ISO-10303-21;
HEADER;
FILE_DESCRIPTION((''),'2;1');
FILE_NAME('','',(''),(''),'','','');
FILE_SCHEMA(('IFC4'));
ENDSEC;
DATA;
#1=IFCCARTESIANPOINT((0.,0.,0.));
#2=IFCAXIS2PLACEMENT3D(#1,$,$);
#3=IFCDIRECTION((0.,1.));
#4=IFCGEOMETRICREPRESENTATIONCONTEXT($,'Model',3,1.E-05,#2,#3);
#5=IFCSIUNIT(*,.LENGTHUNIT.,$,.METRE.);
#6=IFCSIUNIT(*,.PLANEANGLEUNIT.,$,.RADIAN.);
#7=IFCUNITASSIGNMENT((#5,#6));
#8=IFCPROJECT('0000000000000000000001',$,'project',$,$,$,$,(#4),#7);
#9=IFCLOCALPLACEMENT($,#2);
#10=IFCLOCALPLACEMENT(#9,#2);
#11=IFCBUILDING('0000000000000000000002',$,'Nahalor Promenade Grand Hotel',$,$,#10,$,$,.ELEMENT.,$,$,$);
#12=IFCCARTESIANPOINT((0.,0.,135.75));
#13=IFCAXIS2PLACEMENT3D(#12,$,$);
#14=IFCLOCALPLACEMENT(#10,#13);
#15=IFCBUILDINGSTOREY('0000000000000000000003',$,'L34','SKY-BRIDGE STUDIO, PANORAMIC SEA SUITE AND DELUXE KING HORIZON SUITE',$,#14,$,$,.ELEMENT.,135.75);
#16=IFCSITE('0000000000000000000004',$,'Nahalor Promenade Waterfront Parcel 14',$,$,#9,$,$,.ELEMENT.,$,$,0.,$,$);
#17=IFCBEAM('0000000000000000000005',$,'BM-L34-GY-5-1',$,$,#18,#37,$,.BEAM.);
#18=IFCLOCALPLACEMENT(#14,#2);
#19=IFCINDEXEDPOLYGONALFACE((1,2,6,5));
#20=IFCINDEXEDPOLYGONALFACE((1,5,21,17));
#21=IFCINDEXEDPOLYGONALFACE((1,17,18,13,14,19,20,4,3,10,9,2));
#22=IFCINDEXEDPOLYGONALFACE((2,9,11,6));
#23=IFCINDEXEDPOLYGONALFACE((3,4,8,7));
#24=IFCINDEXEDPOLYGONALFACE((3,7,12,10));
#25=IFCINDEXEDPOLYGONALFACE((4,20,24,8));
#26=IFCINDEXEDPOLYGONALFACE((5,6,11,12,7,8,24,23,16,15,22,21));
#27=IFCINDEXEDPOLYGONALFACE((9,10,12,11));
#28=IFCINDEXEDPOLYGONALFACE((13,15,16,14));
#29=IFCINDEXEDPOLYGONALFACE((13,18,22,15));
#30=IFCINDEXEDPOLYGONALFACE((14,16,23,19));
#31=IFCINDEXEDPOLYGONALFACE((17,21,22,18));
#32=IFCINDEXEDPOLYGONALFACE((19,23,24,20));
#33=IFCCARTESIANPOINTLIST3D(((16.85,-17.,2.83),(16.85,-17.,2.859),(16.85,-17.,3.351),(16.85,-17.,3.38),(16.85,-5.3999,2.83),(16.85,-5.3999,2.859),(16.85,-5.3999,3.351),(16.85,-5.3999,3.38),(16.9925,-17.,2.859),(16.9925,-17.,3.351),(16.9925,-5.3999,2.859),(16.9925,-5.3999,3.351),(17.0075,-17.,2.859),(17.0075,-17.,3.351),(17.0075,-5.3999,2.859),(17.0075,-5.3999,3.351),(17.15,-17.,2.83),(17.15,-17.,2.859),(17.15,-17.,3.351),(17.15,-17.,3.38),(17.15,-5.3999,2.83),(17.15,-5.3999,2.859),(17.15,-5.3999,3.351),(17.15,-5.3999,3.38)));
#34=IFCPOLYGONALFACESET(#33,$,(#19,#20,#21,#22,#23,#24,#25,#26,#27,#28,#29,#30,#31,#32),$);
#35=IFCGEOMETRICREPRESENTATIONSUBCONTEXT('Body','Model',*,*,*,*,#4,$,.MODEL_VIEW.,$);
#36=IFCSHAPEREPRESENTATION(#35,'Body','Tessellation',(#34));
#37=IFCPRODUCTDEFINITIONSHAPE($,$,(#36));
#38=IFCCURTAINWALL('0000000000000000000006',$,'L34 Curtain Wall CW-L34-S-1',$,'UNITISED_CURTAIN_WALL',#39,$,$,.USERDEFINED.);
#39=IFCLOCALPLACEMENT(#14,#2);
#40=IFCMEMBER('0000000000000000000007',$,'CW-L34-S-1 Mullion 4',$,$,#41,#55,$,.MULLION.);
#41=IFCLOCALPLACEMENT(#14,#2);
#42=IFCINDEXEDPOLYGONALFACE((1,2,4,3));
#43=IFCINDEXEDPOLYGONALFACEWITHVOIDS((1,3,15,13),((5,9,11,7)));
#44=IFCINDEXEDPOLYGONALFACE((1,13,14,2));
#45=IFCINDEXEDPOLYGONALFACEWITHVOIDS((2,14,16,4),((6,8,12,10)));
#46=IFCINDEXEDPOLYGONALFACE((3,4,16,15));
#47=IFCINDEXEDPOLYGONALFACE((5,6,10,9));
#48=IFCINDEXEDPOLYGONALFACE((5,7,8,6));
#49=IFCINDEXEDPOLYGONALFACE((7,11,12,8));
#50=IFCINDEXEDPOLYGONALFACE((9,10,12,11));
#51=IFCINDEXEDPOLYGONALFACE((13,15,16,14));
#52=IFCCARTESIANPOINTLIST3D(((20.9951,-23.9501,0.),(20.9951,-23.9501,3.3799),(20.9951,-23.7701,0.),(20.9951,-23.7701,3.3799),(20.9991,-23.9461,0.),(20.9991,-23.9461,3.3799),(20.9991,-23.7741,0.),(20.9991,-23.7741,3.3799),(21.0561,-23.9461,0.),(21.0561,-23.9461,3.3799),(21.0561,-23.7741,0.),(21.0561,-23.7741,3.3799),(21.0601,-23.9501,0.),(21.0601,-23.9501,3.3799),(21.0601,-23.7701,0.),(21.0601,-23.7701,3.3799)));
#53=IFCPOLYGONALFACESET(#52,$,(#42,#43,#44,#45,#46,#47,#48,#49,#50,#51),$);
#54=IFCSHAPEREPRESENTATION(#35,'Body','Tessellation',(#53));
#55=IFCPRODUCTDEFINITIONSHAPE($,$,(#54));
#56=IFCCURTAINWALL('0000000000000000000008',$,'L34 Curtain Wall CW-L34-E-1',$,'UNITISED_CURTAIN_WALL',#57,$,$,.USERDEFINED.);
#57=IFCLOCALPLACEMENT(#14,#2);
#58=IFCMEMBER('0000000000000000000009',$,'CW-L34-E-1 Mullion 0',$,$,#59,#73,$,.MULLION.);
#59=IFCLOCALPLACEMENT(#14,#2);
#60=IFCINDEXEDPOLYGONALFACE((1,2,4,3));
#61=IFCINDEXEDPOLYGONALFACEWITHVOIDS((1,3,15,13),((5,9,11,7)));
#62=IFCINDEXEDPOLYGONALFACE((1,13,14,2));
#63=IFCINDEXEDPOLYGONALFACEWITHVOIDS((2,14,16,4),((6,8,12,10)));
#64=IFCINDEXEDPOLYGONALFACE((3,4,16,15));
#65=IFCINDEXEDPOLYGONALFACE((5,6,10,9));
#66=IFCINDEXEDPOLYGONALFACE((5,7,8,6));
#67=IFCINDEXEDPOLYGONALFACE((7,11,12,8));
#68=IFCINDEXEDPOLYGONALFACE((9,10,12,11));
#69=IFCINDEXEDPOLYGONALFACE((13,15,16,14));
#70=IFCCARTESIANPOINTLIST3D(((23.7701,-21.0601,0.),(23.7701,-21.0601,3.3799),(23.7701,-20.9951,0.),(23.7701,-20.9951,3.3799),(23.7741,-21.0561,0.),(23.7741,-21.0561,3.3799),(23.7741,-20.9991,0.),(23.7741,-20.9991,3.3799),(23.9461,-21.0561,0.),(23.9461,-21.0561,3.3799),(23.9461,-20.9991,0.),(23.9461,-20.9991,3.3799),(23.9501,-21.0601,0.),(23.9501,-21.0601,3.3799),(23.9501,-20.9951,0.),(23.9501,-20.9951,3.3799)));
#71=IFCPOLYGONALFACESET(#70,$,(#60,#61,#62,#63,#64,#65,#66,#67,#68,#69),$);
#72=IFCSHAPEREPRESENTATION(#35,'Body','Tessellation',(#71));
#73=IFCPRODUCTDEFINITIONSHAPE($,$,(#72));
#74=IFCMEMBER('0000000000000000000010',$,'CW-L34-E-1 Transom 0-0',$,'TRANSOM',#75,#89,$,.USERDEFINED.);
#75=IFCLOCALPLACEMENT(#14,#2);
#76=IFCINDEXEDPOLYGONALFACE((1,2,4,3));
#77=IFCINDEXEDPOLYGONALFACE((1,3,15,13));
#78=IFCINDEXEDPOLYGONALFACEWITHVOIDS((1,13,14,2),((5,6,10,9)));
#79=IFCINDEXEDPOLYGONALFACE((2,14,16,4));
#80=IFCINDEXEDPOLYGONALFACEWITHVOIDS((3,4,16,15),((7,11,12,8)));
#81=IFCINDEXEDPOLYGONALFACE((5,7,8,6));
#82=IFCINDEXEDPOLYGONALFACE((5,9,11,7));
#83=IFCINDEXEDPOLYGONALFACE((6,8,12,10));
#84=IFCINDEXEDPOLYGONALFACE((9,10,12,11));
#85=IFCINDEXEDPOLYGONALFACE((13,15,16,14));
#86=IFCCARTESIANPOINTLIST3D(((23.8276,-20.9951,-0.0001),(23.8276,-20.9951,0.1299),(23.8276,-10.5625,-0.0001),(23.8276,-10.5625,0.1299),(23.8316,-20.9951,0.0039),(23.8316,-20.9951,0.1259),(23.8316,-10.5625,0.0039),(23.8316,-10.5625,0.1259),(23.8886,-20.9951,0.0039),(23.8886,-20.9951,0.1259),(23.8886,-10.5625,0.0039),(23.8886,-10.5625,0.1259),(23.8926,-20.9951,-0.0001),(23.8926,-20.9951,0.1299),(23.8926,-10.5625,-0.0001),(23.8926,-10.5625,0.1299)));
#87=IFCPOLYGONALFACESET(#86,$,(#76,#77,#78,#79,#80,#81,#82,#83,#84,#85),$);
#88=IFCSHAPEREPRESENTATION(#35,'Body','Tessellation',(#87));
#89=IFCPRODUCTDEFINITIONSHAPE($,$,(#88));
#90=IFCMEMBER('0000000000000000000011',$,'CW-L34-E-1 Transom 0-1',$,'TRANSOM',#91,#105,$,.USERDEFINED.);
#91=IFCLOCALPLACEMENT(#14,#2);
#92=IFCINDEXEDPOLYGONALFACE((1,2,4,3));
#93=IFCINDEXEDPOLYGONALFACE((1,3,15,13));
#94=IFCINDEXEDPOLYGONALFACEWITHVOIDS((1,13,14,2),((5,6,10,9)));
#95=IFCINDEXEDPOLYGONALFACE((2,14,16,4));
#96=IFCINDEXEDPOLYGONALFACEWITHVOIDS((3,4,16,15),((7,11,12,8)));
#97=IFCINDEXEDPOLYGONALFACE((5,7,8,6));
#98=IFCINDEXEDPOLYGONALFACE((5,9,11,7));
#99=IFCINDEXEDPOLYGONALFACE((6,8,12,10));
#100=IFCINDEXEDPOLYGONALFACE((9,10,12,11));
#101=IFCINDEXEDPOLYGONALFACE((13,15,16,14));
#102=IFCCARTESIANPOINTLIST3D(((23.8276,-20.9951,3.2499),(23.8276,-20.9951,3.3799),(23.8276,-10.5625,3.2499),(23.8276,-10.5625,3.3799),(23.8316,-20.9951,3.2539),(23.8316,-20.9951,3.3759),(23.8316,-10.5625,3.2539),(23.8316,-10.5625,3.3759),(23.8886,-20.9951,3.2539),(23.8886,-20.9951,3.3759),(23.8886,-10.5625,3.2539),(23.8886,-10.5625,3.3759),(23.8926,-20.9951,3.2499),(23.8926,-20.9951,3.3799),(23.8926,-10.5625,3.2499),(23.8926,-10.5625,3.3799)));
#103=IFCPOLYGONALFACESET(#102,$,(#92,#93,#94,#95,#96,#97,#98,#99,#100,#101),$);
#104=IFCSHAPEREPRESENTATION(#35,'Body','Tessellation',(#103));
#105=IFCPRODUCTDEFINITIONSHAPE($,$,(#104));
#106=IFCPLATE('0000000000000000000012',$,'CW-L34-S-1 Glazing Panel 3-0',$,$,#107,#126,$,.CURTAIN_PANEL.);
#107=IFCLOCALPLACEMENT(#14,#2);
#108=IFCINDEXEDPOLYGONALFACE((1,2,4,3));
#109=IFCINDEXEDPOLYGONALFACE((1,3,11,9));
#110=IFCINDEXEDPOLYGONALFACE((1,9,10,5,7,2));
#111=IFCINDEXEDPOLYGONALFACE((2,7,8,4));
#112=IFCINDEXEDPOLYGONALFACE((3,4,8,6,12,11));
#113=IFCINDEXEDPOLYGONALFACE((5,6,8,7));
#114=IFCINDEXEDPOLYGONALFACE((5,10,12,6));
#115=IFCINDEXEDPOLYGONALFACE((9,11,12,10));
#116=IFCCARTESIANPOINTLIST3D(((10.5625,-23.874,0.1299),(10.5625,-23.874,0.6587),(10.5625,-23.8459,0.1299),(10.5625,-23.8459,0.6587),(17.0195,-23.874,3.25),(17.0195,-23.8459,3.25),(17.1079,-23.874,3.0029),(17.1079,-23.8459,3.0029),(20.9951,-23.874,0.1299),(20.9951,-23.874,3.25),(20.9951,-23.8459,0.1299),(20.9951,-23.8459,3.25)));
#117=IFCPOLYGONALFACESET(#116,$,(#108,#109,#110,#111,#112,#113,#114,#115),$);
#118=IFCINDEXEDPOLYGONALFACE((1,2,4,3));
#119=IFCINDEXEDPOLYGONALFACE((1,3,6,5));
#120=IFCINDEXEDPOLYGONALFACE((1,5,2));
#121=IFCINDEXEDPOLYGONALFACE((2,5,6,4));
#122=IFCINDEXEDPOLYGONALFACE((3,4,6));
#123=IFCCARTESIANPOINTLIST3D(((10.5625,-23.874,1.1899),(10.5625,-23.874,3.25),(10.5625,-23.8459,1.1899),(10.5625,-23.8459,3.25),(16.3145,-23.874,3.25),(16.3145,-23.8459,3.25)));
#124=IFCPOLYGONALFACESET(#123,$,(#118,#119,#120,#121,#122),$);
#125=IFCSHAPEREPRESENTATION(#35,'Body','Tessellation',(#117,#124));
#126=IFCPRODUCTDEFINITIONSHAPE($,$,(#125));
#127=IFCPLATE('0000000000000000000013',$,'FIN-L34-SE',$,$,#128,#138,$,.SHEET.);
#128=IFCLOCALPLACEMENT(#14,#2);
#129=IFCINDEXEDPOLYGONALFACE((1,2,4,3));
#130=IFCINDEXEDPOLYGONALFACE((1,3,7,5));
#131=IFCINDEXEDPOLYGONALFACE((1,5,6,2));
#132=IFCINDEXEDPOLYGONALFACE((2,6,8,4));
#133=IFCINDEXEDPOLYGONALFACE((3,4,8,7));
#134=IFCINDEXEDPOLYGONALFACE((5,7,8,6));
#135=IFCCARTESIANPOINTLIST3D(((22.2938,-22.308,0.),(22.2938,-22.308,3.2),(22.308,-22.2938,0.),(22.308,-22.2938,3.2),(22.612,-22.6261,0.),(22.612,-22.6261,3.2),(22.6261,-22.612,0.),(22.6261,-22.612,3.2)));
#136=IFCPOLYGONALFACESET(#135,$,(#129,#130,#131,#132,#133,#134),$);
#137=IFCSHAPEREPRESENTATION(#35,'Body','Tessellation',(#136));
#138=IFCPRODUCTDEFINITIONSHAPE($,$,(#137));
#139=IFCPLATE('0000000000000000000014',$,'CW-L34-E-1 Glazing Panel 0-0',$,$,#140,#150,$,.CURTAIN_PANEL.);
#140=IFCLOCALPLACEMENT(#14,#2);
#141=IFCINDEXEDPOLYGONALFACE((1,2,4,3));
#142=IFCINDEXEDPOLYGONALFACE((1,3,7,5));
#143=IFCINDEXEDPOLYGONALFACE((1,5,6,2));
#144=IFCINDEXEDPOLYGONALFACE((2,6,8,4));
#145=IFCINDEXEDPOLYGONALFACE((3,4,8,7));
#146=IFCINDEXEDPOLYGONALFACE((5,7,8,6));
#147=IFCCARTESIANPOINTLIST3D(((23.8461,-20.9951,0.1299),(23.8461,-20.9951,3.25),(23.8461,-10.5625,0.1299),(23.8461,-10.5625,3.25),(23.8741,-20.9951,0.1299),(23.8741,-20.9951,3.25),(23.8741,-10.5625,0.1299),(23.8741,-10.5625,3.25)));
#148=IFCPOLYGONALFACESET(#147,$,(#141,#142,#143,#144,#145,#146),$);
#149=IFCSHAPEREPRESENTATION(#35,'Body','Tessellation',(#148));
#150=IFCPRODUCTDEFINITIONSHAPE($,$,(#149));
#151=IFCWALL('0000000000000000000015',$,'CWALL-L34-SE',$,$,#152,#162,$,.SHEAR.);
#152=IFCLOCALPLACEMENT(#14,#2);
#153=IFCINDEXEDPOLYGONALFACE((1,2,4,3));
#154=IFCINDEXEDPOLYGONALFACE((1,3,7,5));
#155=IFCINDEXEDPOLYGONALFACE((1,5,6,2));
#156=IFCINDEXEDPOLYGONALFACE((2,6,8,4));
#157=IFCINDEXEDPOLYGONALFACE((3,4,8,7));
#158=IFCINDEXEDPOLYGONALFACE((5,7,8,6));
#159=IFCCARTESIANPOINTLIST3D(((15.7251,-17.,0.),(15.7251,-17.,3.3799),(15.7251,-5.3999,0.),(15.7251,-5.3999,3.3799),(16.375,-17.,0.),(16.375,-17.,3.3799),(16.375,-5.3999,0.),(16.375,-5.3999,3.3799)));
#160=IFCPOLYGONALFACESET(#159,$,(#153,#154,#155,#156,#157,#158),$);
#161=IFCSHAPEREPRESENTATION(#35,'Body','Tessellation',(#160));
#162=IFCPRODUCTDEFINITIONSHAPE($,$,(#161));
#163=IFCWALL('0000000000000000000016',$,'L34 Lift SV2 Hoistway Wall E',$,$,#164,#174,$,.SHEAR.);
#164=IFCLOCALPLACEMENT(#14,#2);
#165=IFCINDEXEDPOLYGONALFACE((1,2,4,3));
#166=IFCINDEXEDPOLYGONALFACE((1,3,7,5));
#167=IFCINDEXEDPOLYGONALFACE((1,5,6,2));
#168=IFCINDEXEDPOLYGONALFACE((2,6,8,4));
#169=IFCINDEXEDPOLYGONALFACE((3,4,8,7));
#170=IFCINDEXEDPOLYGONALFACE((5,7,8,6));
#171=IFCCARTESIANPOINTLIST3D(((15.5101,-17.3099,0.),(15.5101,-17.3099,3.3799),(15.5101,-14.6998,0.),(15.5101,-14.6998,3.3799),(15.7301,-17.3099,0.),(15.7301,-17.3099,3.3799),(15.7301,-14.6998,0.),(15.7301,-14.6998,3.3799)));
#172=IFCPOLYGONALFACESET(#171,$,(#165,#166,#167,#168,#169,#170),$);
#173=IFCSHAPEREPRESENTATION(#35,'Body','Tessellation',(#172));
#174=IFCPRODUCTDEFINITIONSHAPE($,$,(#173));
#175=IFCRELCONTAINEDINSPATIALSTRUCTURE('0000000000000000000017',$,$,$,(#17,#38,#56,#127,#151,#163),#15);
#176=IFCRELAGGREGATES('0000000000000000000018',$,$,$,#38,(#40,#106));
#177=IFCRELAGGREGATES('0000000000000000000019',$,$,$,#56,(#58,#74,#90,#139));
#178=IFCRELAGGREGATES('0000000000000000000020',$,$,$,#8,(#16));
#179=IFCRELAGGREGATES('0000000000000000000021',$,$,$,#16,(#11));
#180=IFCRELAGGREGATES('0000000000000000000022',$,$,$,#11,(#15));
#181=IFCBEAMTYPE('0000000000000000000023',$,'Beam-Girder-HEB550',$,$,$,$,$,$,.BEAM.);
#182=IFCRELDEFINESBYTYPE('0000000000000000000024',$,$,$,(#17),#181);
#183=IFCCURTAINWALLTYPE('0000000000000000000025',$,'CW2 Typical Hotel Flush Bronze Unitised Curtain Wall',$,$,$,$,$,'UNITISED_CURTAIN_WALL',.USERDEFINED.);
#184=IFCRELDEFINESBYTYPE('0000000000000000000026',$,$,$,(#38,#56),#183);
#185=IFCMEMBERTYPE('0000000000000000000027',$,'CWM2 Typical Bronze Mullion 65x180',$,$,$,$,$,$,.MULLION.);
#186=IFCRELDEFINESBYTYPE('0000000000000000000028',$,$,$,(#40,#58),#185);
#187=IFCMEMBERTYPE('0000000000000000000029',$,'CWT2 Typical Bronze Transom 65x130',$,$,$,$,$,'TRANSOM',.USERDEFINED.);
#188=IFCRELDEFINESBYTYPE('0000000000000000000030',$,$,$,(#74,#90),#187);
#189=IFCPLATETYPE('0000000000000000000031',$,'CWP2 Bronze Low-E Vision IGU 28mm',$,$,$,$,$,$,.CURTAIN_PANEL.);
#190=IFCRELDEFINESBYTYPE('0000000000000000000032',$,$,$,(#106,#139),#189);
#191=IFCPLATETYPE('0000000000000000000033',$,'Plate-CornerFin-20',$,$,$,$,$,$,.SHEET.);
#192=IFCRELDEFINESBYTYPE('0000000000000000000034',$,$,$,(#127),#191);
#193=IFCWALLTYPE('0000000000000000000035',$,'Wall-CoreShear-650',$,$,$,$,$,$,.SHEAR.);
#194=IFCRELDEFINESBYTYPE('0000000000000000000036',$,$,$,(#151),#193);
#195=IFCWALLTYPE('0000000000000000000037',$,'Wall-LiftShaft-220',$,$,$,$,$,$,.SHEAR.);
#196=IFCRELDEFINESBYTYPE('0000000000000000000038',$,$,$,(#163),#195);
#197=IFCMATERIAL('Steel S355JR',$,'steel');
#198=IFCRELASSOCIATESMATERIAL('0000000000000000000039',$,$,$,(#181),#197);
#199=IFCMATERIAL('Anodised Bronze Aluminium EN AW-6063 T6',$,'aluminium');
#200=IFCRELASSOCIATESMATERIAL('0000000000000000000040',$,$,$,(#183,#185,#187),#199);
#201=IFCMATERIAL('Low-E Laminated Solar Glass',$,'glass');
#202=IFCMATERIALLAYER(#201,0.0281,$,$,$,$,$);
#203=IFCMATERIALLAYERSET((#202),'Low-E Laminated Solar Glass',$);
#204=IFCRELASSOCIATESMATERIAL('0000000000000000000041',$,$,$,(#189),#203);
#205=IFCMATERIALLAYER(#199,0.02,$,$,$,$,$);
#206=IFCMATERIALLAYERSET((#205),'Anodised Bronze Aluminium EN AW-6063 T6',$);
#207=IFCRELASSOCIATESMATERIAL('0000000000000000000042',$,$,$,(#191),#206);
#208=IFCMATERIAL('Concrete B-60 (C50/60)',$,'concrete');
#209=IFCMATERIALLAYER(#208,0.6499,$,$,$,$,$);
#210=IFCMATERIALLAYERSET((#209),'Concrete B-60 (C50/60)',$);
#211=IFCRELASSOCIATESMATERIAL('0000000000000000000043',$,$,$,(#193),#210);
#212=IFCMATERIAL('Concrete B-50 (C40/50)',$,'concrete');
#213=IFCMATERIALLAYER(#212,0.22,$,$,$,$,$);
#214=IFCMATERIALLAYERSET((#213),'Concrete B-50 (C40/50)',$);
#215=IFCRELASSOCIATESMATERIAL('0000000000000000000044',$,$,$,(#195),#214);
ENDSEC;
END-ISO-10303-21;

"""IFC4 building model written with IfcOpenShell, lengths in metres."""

from ifc_helpers import new_model, si_unit, direction, frame, frame_2d, origin, origin_2d, place, context, subcontext, project, spatial, polyline, rectangle, hollow_rectangle, i_section, outline, extrude, source, transform, mapped, material, layer, layer_set, material_profile, profile_set, type_object, element, aggregate, save


model = new_model("IFC4")

# Units and contexts
model_context = context("Model", 3, precision=1e-05, world=origin(), true_north=direction((0.0, 1.0)))
body_context = subcontext(model_context, "Body", "Model", "MODEL_VIEW")
ifc_project = project(units=[si_unit("LENGTHUNIT", "METRE"), si_unit("PLANEANGLEUNIT", "RADIAN")], contexts=[model_context])

# Site, building, storey
site_placement = place(None, origin())
site = spatial("IfcSite", under=ifc_project, at=site_placement, Name="Nahalor Promenade Waterfront Parcel 14", CompositionType="ELEMENT", RefElevation=0.0)
building_placement = place(site_placement, origin())
building = spatial("IfcBuilding", under=site, at=building_placement, Name="Nahalor Promenade Grand Hotel", CompositionType="ELEMENT")
storey_placement = place(building_placement, frame((0.0, 0.0, 135.75)))
storey = spatial("IfcBuildingStorey", under=building, at=storey_placement, Name="L34", Description="SKY-BRIDGE STUDIO, PANORAMIC SEA SUITE AND DELUXE KING HORIZON SUITE", CompositionType="ELEMENT", Elevation=135.75)

# Shared definitions
ifc_material_1 = material(Name="Concrete B-60 (C50/60)", Category="concrete")

# Beam
ifc_material_2 = material(Name="Steel S355JR", Category="steel")
ifc_material_profile_1 = material_profile(ifc_material_2, i_section(OverallWidth=0.3, OverallDepth=0.55, WebThickness=0.015, FlangeThickness=0.029, at=origin_2d()), Name="HEB 550")
ifc_profile_set_1 = profile_set([ifc_material_profile_1], Name="Steel S355JR")
beam_type_1 = type_object("IfcBeamType", Name="Beam-Girder-HEB550", PredefinedType="BEAM", material=ifc_profile_set_1)
shared_shape_1 = source(origin(), body_context, "Body", "SweptSolid", [
    extrude(i_section(OverallWidth=0.3, OverallDepth=0.55, WebThickness=0.015, FlangeThickness=0.029, at=origin_2d()), origin(), (0.0, 0.0, 1.0), 11.6001),
])
beam_1_placement = place(storey_placement, frame((17.0, -17.0, 3.105), z_axis=(0.0, 1.0, 0.0), x_axis=(-1.0, 0.0, 0.0)))
element("IfcBeam", 1, at=beam_1_placement, inside=storey, type_object=beam_type_1, Name="BM-L34-GY-5-1", PredefinedType="BEAM", context=body_context, shape_type="MappedRepresentation", body=[
    mapped(shared_shape_1, transform((0.0, 0.0, 0.0), scale=1.0)),
])

# Curtain wall, member
ifc_material_3 = material(Name="Anodised Bronze Aluminium EN AW-6063 T6", Category="aluminium")
curtain_wall_type = type_object("IfcCurtainWallType", Name="CW2 Typical Hotel Flush Bronze Unitised Curtain Wall", ElementType="UNITISED_CURTAIN_WALL", PredefinedType="USERDEFINED", material=ifc_material_3)
curtain_wall_1_placement = place(storey_placement, origin())
curtain_wall_1 = element("IfcCurtainWall", 2, at=curtain_wall_1_placement, inside=storey, type_object=curtain_wall_type, Name="L34 Curtain Wall CW-L34-S-1", ObjectType="UNITISED_CURTAIN_WALL", PredefinedType="USERDEFINED")
ifc_material_profile_2 = material_profile(ifc_material_3, hollow_rectangle(XDim=0.065, YDim=0.18, WallThickness=0.004, at=origin_2d()), Name="CWM 65x180x4")
ifc_profile_set_2 = profile_set([ifc_material_profile_2], Name="Anodised Bronze Aluminium EN AW-6063 T6")
member_type_1 = type_object("IfcMemberType", Name="CWM2 Typical Bronze Mullion 65x180", PredefinedType="MULLION", material=ifc_profile_set_2)
shared_shape_2 = source(origin(), body_context, "Body", "SweptSolid", [
    extrude(hollow_rectangle(XDim=0.065, YDim=0.18, WallThickness=0.004, at=origin_2d()), origin(), (0.0, 0.0, 1.0), 3.3799),
])
member_1_placement = place(storey_placement, frame((21.0276, -23.8601, 0.0), z_axis=(0.0, 0.0, 1.0), x_axis=(1.0, 0.0, 0.0)))
member_1 = element("IfcMember", 3, at=member_1_placement, type_object=member_type_1, Name="CW-L34-S-1 Mullion 4", PredefinedType="MULLION", context=body_context, shape_type="MappedRepresentation", body=[
    mapped(shared_shape_2, transform((0.0, 0.0, 0.0), scale=1.0)),
])

# Curtain wall, members
curtain_wall_2_placement = place(storey_placement, origin())
curtain_wall_2 = element("IfcCurtainWall", 4, at=curtain_wall_2_placement, inside=storey, type_object=curtain_wall_type, Name="L34 Curtain Wall CW-L34-E-1", ObjectType="UNITISED_CURTAIN_WALL", PredefinedType="USERDEFINED")
member_2_placement = place(storey_placement, frame((23.8601, -21.0276, 0.0), z_axis=(0.0, 0.0, 1.0), x_axis=(0.0, 1.0, 0.0)))
member_2 = element("IfcMember", 5, at=member_2_placement, type_object=member_type_1, Name="CW-L34-E-1 Mullion 0", PredefinedType="MULLION", context=body_context, shape_type="MappedRepresentation", body=[
    mapped(shared_shape_2, transform((0.0, 0.0, 0.0), scale=1.0)),
])
ifc_material_profile_3 = material_profile(ifc_material_3, hollow_rectangle(XDim=0.065, YDim=0.13, WallThickness=0.004, at=origin_2d()), Name="CWT 65x130x4")
ifc_profile_set_3 = profile_set([ifc_material_profile_3], Name="Anodised Bronze Aluminium EN AW-6063 T6")
member_type_2 = type_object("IfcMemberType", Name="CWT2 Typical Bronze Transom 65x130", ElementType="TRANSOM", PredefinedType="USERDEFINED", material=ifc_profile_set_3)
shared_shape_3 = source(origin(), body_context, "Body", "SweptSolid", [
    extrude(hollow_rectangle(XDim=0.065, YDim=0.13, WallThickness=0.004, at=origin_2d()), origin(), (0.0, 0.0, 1.0), 10.4326),
])
member_3_placement = place(storey_placement, frame((23.8601, -20.9951, 0.0649), z_axis=(0.0, 1.0, 0.0), x_axis=(-1.0, 0.0, 0.0)))
member_3 = element("IfcMember", 6, at=member_3_placement, type_object=member_type_2, Name="CW-L34-E-1 Transom 0-0", ObjectType="TRANSOM", PredefinedType="USERDEFINED", context=body_context, shape_type="MappedRepresentation", body=[
    mapped(shared_shape_3, transform((0.0, 0.0, 0.0), scale=1.0)),
])
member_4_placement = place(storey_placement, frame((23.8601, -20.9951, 3.3149), z_axis=(0.0, 1.0, 0.0), x_axis=(-1.0, 0.0, 0.0)))
member_4 = element("IfcMember", 7, at=member_4_placement, type_object=member_type_2, Name="CW-L34-E-1 Transom 0-1", ObjectType="TRANSOM", PredefinedType="USERDEFINED", context=body_context, shape_type="MappedRepresentation", body=[
    mapped(shared_shape_3, transform((0.0, 0.0, 0.0), scale=1.0)),
])

# Plates
ifc_material_4 = material(Name="Low-E Laminated Solar Glass", Category="glass")
ifc_layer_1 = layer(ifc_material_4, 0.0281)
ifc_layer_set_1 = layer_set([ifc_layer_1], Name="Low-E Laminated Solar Glass")
plate_type_1 = type_object("IfcPlateType", Name="CWP2 Bronze Low-E Vision IGU 28mm", PredefinedType="CURTAIN_PANEL", material=ifc_layer_set_1)
plate_1_placement = place(storey_placement, frame((15.7788, -23.8601, 0.1299), z_axis=(0.0, 0.0, 1.0), x_axis=(1.0, 0.0, 0.0)))
plate_1 = element("IfcPlate", 8, at=plate_1_placement, type_object=plate_type_1, Name="CW-L34-S-1 Glazing Panel 3-0", PredefinedType="CURTAIN_PANEL", context=body_context, shape_type="SweptSolid", body=[
    extrude(outline(polyline([(5.2163, 0.0), (5.2163, 3.1201), (1.2407, 3.1201), (1.3291, 2.873), (-5.2163, 0.5288), (-5.2163, 0.0), (5.2163, 0.0)])), frame((0.0, 0.0142, 0.0), z_axis=(0.0, -1.0, 0.0), x_axis=(1.0, 0.0, 0.0)), (0.0, 0.0, 1.0), 0.0281),
    extrude(outline(polyline([(0.5356, 3.1201), (-5.2163, 3.1201), (-5.2163, 1.0601), (0.5356, 3.1201)])), frame((0.0, 0.0142, 0.0), z_axis=(0.0, -1.0, 0.0), x_axis=(1.0, 0.0, 0.0)), (0.0, 0.0, 1.0), 0.0281),
])
aggregate(curtain_wall_1, [member_1, plate_1])
ifc_layer_2 = layer(ifc_material_3, 0.02)
ifc_layer_set_2 = layer_set([ifc_layer_2], Name="Anodised Bronze Aluminium EN AW-6063 T6")
plate_type_2 = type_object("IfcPlateType", Name="Plate-CornerFin-20", PredefinedType="SHEET", material=ifc_layer_set_2)
shared_shape_4 = source(origin(), body_context, "Body", "SweptSolid", [
    extrude(rectangle(XDim=0.45, YDim=0.02, at=origin_2d()), origin(), (0.0, 0.0, 1.0), 3.2),
])
plate_2_placement = place(storey_placement, frame((22.46, -22.46, 0.0), z_axis=(0.0, 0.0, 1.0), x_axis=(-0.707107, 0.707107, 0.0)))
element("IfcPlate", 9, at=plate_2_placement, inside=storey, type_object=plate_type_2, Name="FIN-L34-SE", PredefinedType="SHEET", context=body_context, shape_type="MappedRepresentation", body=[
    mapped(shared_shape_4, transform((0.0, 0.0, 0.0), scale=1.0)),
])
shared_shape_5 = source(origin(), body_context, "Body", "SweptSolid", [
    extrude(rectangle(XDim=10.4326, YDim=0.0281, at=origin_2d()), origin(), (0.0, 0.0, 1.0), 3.1201),
])
plate_3_placement = place(storey_placement, frame((23.8601, -15.7788, 0.1299), z_axis=(0.0, 0.0, 1.0), x_axis=(0.0, 1.0, 0.0)))
plate_3 = element("IfcPlate", 10, at=plate_3_placement, type_object=plate_type_1, Name="CW-L34-E-1 Glazing Panel 0-0", PredefinedType="CURTAIN_PANEL", context=body_context, shape_type="MappedRepresentation", body=[
    mapped(shared_shape_5, transform((0.0, 0.0, 0.0), scale=1.0)),
])
aggregate(curtain_wall_2, [member_2, member_3, member_4, plate_3])

# Walls
ifc_layer_3 = layer(ifc_material_1, 0.6499)
ifc_layer_set_3 = layer_set([ifc_layer_3], Name="Concrete B-60 (C50/60)")
wall_type_1 = type_object("IfcWallType", Name="Wall-CoreShear-650", PredefinedType="SHEAR", material=ifc_layer_set_3)
shared_shape_6 = source(origin(), body_context, "Body", "SweptSolid", [
    extrude(rectangle(XDim=11.6001, YDim=0.6499, at=frame_2d((5.8, 0.0))), origin(), (0.0, 0.0, 1.0), 3.3799),
])
wall_1_placement = place(storey_placement, frame((16.05, -17.0, 0.0), z_axis=(0.0, 0.0, 1.0), x_axis=(0.0, 1.0, 0.0)))
element("IfcWall", 11, at=wall_1_placement, inside=storey, type_object=wall_type_1, Name="CWALL-L34-SE", PredefinedType="SHEAR", context=body_context, shape_type="MappedRepresentation", body=[
    mapped(shared_shape_6, transform((0.0, 0.0, 0.0), scale=1.0)),
])
ifc_material_5 = material(Name="Concrete B-50 (C40/50)", Category="concrete")
ifc_layer_4 = layer(ifc_material_5, 0.22)
ifc_layer_set_4 = layer_set([ifc_layer_4], Name="Concrete B-50 (C40/50)")
wall_type_2 = type_object("IfcWallType", Name="Wall-LiftShaft-220", PredefinedType="SHEAR", material=ifc_layer_set_4)
shared_shape_7 = source(origin(), body_context, "Body", "SweptSolid", [
    extrude(rectangle(XDim=2.6101, YDim=0.22, at=frame_2d((1.3052, 0.0))), origin(), (0.0, 0.0, 1.0), 3.3799),
])
wall_2_placement = place(storey_placement, frame((15.6201, -17.3101, 0.0), z_axis=(0.0, 0.0, 1.0), x_axis=(0.0, 1.0, 0.0)))
element("IfcWall", 12, at=wall_2_placement, inside=storey, type_object=wall_type_2, Name="L34 Lift SV2 Hoistway Wall E", PredefinedType="SHEAR", context=body_context, shape_type="MappedRepresentation", body=[
    mapped(shared_shape_7, transform((0.0, 0.0, 0.0), scale=1.0)),
])

save(model, "model.ifc")
